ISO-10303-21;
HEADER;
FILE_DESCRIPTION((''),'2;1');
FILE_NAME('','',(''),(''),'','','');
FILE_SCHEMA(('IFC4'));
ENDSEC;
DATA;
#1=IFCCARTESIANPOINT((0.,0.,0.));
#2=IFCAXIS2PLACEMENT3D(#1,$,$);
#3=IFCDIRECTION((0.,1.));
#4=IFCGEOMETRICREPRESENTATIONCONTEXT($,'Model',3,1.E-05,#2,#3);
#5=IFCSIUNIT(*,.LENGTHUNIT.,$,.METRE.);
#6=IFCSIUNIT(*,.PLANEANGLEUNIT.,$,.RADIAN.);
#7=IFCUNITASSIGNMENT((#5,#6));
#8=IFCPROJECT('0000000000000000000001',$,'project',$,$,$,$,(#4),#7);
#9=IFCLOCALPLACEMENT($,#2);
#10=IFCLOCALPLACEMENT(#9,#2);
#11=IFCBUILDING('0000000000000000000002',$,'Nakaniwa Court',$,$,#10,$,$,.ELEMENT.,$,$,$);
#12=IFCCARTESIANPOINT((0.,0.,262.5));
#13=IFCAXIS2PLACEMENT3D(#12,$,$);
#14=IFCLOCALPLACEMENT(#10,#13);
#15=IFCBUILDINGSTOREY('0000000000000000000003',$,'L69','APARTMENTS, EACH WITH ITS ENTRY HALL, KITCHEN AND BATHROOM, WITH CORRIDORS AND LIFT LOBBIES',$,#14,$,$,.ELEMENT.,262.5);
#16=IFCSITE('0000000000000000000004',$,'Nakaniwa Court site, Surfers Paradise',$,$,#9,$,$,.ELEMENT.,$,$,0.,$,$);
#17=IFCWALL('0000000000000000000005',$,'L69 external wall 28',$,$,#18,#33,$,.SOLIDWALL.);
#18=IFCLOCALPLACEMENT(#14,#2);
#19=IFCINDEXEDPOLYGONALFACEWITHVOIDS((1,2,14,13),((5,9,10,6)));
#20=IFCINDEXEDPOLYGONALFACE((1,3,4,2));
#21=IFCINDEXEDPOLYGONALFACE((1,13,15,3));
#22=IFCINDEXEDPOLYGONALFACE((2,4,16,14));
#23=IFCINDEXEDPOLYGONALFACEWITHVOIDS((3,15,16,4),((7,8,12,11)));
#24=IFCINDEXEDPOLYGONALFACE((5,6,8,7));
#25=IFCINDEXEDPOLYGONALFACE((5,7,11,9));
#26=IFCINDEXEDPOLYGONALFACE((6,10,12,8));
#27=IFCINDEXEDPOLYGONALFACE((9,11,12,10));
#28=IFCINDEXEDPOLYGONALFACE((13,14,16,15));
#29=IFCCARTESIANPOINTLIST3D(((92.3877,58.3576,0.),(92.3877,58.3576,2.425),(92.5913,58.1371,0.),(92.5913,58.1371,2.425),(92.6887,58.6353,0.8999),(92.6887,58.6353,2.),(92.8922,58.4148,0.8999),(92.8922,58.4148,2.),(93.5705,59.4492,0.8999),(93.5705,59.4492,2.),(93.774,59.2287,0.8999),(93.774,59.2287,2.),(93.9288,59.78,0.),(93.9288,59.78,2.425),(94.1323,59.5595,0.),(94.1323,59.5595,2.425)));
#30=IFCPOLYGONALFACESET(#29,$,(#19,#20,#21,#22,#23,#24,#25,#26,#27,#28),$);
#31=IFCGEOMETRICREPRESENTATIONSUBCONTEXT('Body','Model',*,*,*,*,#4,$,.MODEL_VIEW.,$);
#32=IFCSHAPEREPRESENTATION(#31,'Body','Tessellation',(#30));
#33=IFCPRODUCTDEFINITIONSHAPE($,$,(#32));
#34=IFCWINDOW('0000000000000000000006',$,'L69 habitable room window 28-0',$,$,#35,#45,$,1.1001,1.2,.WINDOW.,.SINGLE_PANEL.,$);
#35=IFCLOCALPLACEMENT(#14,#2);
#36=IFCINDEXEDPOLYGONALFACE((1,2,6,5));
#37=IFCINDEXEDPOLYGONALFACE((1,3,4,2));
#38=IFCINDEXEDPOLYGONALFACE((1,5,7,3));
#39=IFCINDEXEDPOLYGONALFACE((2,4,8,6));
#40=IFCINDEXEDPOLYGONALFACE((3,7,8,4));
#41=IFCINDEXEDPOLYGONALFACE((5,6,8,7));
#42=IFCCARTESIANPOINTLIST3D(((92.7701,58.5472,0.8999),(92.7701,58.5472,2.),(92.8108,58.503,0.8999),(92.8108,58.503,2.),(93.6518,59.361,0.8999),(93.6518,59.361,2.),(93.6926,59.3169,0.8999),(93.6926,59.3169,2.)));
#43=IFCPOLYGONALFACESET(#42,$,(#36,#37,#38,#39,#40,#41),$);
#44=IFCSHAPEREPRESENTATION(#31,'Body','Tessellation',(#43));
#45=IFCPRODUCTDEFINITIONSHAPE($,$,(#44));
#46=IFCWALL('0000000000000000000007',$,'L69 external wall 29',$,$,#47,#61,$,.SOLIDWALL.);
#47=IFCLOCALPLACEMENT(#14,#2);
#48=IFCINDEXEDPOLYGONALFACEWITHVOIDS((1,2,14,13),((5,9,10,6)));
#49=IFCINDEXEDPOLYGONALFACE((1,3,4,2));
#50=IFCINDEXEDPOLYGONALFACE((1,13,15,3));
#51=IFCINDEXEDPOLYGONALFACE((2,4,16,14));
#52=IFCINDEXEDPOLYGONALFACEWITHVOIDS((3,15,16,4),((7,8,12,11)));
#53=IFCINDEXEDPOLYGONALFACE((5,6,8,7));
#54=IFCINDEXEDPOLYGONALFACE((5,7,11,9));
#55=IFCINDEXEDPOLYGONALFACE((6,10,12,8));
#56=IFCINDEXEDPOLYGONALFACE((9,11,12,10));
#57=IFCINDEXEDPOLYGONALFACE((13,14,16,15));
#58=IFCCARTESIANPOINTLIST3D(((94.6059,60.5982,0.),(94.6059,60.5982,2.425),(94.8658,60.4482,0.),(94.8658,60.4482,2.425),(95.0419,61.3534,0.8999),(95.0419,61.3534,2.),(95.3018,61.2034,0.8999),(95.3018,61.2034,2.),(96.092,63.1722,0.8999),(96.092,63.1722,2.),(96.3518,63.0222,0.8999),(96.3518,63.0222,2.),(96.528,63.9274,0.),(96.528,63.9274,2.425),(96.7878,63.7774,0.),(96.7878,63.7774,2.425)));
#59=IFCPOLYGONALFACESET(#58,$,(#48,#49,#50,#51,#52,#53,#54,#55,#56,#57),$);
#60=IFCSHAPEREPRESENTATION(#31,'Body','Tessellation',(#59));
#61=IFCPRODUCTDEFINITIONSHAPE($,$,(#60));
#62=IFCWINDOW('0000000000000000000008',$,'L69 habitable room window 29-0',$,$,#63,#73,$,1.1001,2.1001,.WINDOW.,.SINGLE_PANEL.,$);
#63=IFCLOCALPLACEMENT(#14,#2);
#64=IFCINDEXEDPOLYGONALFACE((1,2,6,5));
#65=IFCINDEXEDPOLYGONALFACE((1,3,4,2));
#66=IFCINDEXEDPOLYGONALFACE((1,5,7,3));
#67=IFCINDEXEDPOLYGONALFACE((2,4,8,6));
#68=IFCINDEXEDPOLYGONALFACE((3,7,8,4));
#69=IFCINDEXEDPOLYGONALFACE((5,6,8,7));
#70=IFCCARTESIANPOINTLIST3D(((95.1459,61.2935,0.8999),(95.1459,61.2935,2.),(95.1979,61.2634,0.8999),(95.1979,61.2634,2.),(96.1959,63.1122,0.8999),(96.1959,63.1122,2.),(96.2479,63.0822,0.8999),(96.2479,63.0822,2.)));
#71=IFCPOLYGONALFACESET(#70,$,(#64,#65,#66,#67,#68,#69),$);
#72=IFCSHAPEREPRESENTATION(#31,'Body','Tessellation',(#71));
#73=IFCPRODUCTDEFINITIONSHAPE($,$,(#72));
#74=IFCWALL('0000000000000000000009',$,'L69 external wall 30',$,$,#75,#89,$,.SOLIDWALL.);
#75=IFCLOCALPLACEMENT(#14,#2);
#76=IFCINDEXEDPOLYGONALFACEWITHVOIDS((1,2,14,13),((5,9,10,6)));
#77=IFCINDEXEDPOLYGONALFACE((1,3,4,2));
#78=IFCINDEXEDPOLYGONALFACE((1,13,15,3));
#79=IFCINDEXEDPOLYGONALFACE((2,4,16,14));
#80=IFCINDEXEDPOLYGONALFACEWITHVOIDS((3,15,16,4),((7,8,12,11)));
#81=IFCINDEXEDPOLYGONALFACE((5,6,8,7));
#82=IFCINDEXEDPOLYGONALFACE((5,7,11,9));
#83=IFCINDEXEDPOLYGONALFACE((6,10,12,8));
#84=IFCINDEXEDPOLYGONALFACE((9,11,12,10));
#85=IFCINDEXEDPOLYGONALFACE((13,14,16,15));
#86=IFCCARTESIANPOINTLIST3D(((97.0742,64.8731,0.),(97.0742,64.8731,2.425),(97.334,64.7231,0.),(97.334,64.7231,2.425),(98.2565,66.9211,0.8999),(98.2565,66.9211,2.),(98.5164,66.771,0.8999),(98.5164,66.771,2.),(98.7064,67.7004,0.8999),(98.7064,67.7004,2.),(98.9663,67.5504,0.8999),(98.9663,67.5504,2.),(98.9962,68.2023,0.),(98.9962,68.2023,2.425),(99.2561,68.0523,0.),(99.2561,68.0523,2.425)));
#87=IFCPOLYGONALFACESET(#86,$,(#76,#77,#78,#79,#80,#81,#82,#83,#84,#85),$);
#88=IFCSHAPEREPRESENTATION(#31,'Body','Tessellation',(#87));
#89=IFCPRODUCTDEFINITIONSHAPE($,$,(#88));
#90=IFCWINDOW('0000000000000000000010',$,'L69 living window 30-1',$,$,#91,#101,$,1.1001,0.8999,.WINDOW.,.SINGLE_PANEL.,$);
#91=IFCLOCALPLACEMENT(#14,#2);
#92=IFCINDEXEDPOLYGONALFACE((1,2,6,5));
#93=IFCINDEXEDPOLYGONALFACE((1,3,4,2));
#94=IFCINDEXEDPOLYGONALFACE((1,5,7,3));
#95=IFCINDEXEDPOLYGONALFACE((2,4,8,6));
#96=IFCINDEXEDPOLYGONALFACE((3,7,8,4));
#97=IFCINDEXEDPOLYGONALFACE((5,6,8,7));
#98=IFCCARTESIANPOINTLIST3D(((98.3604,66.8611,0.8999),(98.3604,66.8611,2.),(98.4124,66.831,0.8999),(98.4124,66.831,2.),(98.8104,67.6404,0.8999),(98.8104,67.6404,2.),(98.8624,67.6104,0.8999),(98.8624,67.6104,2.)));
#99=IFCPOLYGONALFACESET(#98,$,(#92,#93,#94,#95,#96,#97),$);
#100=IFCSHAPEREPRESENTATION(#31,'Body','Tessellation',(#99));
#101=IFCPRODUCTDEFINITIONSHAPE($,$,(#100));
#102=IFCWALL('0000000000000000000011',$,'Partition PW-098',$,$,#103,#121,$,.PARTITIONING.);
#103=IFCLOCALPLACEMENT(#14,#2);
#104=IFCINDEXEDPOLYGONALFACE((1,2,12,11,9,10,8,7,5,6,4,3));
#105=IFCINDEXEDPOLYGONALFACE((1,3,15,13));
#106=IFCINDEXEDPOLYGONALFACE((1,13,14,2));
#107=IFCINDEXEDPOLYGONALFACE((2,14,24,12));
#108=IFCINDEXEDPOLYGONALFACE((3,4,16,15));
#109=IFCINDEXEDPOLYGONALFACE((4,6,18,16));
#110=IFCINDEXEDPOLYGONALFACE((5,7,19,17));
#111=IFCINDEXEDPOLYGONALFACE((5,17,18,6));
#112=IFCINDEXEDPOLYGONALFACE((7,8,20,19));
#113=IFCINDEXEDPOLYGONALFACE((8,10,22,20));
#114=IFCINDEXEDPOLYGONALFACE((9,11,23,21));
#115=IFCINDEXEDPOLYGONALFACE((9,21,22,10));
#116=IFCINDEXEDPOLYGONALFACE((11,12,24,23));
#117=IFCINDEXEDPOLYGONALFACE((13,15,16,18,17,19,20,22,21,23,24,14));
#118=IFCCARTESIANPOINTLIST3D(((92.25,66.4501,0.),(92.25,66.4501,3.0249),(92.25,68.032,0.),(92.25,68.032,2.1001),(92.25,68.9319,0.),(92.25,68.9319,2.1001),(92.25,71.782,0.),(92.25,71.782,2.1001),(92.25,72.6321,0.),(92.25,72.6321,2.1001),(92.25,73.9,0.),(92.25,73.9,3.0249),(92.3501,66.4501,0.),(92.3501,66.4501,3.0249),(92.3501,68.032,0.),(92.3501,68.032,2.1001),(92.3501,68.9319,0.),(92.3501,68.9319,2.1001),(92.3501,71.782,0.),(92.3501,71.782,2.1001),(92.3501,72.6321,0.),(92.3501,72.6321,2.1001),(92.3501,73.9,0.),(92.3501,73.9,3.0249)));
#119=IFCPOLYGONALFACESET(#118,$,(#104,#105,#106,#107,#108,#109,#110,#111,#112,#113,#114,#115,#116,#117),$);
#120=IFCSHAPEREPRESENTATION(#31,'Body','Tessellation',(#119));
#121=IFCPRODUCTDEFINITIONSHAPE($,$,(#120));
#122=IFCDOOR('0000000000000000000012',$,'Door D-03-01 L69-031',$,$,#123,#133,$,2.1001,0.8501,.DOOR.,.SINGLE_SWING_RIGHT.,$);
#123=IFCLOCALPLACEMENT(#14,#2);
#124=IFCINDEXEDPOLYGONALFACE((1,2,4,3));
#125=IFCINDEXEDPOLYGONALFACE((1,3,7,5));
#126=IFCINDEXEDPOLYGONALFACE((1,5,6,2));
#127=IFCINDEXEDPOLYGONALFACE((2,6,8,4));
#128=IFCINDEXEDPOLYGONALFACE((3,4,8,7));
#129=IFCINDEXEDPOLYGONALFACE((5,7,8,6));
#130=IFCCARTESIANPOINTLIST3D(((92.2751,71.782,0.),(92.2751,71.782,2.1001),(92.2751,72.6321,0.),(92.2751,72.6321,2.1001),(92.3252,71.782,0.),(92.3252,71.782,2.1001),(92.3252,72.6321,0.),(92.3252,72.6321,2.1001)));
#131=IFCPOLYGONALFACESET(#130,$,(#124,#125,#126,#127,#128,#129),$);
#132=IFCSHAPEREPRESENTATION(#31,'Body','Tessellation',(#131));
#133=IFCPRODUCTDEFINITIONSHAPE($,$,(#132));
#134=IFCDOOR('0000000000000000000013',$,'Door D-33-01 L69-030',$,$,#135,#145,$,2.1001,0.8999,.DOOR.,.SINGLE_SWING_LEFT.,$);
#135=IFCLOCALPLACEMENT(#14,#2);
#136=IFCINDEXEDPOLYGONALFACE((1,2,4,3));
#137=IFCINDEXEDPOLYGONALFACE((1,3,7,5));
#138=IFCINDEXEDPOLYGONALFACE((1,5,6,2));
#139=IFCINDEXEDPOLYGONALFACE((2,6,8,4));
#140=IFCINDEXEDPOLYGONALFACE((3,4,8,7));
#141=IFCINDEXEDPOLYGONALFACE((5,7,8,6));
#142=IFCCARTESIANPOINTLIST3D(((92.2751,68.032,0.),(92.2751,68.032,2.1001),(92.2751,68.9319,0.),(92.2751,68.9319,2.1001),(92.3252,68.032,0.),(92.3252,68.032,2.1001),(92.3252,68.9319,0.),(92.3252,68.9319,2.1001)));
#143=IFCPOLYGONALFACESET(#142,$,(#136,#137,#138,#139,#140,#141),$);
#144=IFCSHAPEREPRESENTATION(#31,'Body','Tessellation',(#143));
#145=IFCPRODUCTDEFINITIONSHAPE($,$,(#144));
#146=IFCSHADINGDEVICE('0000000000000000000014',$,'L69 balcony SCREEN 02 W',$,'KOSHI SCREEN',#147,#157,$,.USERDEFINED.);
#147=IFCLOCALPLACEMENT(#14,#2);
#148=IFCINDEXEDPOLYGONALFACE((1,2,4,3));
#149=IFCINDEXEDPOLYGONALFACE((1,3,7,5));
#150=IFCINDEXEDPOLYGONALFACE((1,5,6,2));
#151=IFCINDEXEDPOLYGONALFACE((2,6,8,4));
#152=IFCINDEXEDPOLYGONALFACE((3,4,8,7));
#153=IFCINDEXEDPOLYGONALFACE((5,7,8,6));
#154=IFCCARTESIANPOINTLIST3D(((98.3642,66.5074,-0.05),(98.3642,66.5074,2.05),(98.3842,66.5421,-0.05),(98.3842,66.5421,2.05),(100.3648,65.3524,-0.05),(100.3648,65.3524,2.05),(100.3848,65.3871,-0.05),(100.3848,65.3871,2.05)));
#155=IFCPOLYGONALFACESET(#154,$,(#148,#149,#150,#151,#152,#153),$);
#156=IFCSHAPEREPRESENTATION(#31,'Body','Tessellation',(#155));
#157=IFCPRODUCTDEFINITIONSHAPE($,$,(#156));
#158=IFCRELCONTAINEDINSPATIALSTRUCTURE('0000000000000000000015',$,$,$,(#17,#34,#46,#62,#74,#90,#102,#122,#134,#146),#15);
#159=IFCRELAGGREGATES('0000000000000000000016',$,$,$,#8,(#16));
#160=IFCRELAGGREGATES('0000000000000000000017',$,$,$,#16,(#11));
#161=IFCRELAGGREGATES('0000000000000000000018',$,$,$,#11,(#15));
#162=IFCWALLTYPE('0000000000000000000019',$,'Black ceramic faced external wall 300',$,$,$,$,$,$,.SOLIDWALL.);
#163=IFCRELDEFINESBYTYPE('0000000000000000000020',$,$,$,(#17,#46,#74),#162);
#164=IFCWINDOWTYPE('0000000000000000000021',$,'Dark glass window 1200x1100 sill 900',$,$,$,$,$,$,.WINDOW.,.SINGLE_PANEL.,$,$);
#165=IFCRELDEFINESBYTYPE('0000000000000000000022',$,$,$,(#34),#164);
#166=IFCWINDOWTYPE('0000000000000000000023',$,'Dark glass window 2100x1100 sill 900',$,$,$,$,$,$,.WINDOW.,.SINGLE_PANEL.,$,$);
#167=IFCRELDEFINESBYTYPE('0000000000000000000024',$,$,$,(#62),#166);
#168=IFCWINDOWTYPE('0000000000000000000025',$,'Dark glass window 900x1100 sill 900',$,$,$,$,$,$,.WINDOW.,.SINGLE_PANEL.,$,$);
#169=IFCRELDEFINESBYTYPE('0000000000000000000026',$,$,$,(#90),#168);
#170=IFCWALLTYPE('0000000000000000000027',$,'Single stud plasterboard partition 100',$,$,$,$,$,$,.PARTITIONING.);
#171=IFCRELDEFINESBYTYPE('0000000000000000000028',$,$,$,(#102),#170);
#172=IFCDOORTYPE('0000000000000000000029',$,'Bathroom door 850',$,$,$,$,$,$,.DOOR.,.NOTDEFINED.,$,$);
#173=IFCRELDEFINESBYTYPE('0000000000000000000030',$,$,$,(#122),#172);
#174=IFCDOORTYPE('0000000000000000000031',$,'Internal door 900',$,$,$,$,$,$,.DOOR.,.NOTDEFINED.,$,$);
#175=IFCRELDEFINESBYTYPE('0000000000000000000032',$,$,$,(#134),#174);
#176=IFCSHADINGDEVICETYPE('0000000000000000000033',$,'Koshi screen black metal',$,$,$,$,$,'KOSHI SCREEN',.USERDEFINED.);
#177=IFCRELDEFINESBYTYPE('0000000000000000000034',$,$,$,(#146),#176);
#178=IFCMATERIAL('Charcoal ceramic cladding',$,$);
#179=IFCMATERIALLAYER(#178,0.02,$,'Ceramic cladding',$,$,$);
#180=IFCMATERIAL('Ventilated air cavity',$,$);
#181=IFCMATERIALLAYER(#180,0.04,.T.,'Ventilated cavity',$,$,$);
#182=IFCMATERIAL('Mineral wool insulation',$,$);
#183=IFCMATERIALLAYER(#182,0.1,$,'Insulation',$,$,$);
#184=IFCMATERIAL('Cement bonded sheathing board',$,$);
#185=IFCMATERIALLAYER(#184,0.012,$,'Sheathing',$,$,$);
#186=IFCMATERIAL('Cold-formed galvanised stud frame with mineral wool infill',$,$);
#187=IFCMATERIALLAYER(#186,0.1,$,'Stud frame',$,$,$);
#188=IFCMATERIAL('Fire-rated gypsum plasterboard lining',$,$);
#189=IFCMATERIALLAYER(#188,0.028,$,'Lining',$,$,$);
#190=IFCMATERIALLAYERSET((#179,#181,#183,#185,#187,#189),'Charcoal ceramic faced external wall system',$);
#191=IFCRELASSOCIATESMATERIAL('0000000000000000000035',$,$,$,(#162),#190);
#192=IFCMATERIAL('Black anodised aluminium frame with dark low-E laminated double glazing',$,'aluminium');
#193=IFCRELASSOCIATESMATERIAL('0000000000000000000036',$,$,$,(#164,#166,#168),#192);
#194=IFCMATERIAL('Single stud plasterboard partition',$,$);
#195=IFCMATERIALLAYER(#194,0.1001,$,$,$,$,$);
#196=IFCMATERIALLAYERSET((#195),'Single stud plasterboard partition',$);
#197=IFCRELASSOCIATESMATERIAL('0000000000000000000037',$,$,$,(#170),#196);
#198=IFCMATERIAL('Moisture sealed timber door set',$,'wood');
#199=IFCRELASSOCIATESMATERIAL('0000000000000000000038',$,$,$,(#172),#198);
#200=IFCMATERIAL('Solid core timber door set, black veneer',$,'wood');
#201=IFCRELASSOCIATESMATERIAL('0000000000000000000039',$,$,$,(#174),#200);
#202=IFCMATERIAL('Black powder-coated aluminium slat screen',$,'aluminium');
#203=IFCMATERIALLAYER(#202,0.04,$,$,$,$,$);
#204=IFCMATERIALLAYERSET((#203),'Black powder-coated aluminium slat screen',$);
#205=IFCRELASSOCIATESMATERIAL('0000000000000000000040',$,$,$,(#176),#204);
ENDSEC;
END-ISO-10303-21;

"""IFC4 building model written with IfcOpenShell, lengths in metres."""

from ifc_helpers import new_model, si_unit, direction, frame, frame_2d, origin, origin_2d, place, context, subcontext, project, spatial, rectangle, extrude, material, layer, layer_set, type_object, element, fill, save


model = new_model("IFC4")

# Units and contexts
model_context = context("Model", 3, precision=1e-05, world=origin(), true_north=direction((0.0, 1.0)))
body_context = subcontext(model_context, "Body", "Model", "MODEL_VIEW")
ifc_project = project(units=[si_unit("LENGTHUNIT", "METRE"), si_unit("PLANEANGLEUNIT", "RADIAN")], contexts=[model_context])

# Site, building, storey
site_placement = place(None, origin())
site = spatial("IfcSite", under=ifc_project, at=site_placement, Name="Nakaniwa Court site, Surfers Paradise", CompositionType="ELEMENT", RefElevation=0.0)
building_placement = place(site_placement, origin())
building = spatial("IfcBuilding", under=site, at=building_placement, Name="Nakaniwa Court", CompositionType="ELEMENT")
storey_placement = place(building_placement, frame((0.0, 0.0, 262.5)))
storey = spatial("IfcBuildingStorey", under=building, at=storey_placement, Name="L69", Description="APARTMENTS, EACH WITH ITS ENTRY HALL, KITCHEN AND BATHROOM, WITH CORRIDORS AND LIFT LOBBIES", CompositionType="ELEMENT", Elevation=262.5)

# Walls, openings, windows
ifc_material_1 = material(Name="Charcoal ceramic cladding")
ifc_layer_1 = layer(ifc_material_1, 0.02, Name="Ceramic cladding")
ifc_material_2 = material(Name="Ventilated air cavity")
ifc_layer_2 = layer(ifc_material_2, 0.04, ventilated=True, Name="Ventilated cavity")
ifc_material_3 = material(Name="Mineral wool insulation")
ifc_layer_3 = layer(ifc_material_3, 0.1, Name="Insulation")
ifc_material_4 = material(Name="Cement bonded sheathing board")
ifc_layer_4 = layer(ifc_material_4, 0.012, Name="Sheathing")
ifc_material_5 = material(Name="Cold-formed galvanised stud frame with mineral wool infill")
ifc_layer_5 = layer(ifc_material_5, 0.1, Name="Stud frame")
ifc_material_6 = material(Name="Fire-rated gypsum plasterboard lining")
ifc_layer_6 = layer(ifc_material_6, 0.028, Name="Lining")
ifc_layer_set_1 = layer_set([ifc_layer_1, ifc_layer_2, ifc_layer_3, ifc_layer_4, ifc_layer_5, ifc_layer_6], Name="Charcoal ceramic faced external wall system")
wall_type_1 = type_object("IfcWallType", Name="Black ceramic faced external wall 300", PredefinedType="SOLIDWALL", material=ifc_layer_set_1)
ifc_material_7 = material(Name="Black anodised aluminium frame with dark low-E laminated double glazing", Category="aluminium")
window_type_1 = type_object("IfcWindowType", Name="Dark glass window 1200x1100 sill 900", PartitioningType="SINGLE_PANEL", PredefinedType="WINDOW", material=ifc_material_7)
wall_1_placement = place(storey_placement, frame((92.4895, 58.2473, 0.0), z_axis=(0.0, 0.0, 1.0), x_axis=(0.73483, 0.678251, 0.0)))
wall_1 = element("IfcWall", 1, at=wall_1_placement, inside=storey, type_object=wall_type_1, Name="L69 external wall 28", PredefinedType="SOLIDWALL", context=body_context, shape_type="SweptSolid", body=[
    extrude(rectangle(XDim=2.0972, YDim=0.3, at=frame_2d((1.0486, 0.0))), origin(), (0.0, 0.0, 1.0), 2.425),
])
opening_1_placement = place(wall_1_placement, frame((0.4094, 0.0, 0.8999)))
opening_1 = element("IfcOpeningElement", 2, at=opening_1_placement, cuts=wall_1, PredefinedType="OPENING", context=body_context, shape_type="SweptSolid", body=[
    extrude(rectangle(XDim=1.2, YDim=1.1001, at=frame_2d((0.6001, 0.55))), frame((0.0, 0.1599, 0.0), z_axis=(0.0, -1.0, 0.0), x_axis=(1.0, 0.0, 0.0)), (0.0, 0.0, 1.0), 0.3201),
])
window_1_placement = place(opening_1_placement, origin())
window_1 = element("IfcWindow", 3, at=window_1_placement, inside=storey, type_object=window_type_1, Name="L69 habitable room window 28-0", OverallHeight=1.1001, OverallWidth=1.2, PartitioningType="SINGLE_PANEL", PredefinedType="WINDOW", context=body_context, shape_type="SweptSolid", body=[
    extrude(rectangle(XDim=1.2, YDim=1.1001, at=frame_2d((0.6001, 0.55))), frame((0.0, 0.03, 0.0), z_axis=(0.0, -1.0, 0.0), x_axis=(1.0, 0.0, 0.0)), (0.0, 0.0, 1.0), 0.0601),
])
fill(opening_1, window_1)
wall_2_placement = place(storey_placement, frame((94.7358, 60.5232, 0.0), z_axis=(0.0, 0.0, 1.0), x_axis=(0.499984, 0.866034, 0.0)))
wall_2 = element("IfcWall", 4, at=wall_2_placement, inside=storey, type_object=wall_type_1, Name="L69 external wall 29", PredefinedType="SOLIDWALL", context=body_context, shape_type="SweptSolid", body=[
    extrude(rectangle(XDim=3.8442, YDim=0.3, at=frame_2d((1.9221, 0.0))), origin(), (0.0, 0.0, 1.0), 2.425),
])
opening_2_placement = place(wall_2_placement, frame((0.8721, 0.0, 0.8999)))
opening_2 = element("IfcOpeningElement", 5, at=opening_2_placement, cuts=wall_2, PredefinedType="OPENING", context=body_context, shape_type="SweptSolid", body=[
    extrude(rectangle(XDim=2.1001, YDim=1.1001, at=frame_2d((1.05, 0.55))), frame((0.0, 0.1599, 0.0), z_axis=(0.0, -1.0, 0.0), x_axis=(1.0, 0.0, 0.0)), (0.0, 0.0, 1.0), 0.3201),
])
window_type_2 = type_object("IfcWindowType", Name="Dark glass window 2100x1100 sill 900", PartitioningType="SINGLE_PANEL", PredefinedType="WINDOW", material=ifc_material_7)
window_2_placement = place(opening_2_placement, origin())
window_2 = element("IfcWindow", 6, at=window_2_placement, inside=storey, type_object=window_type_2, Name="L69 habitable room window 29-0", OverallHeight=1.1001, OverallWidth=2.1001, PartitioningType="SINGLE_PANEL", PredefinedType="WINDOW", context=body_context, shape_type="SweptSolid", body=[
    extrude(rectangle(XDim=2.1001, YDim=1.1001, at=frame_2d((1.05, 0.55))), frame((0.0, 0.03, 0.0), z_axis=(0.0, -1.0, 0.0), x_axis=(1.0, 0.0, 0.0)), (0.0, 0.0, 1.0), 0.0601),
])
fill(opening_2, window_2)
wall_3_placement = place(storey_placement, frame((97.2041, 64.7981, 0.0), z_axis=(0.0, 0.0, 1.0), x_axis=(0.499984, 0.866034, 0.0)))
wall_3 = element("IfcWall", 7, at=wall_3_placement, inside=storey, type_object=wall_type_1, Name="L69 external wall 30", PredefinedType="SOLIDWALL", context=body_context, shape_type="SweptSolid", body=[
    extrude(rectangle(XDim=3.8442, YDim=0.3, at=frame_2d((1.9221, 0.0))), origin(), (0.0, 0.0, 1.0), 2.425),
])
opening_3_placement = place(wall_3_placement, frame((2.3647, 0.0, 0.8999)))
opening_3 = element("IfcOpeningElement", 8, at=opening_3_placement, cuts=wall_3, PredefinedType="OPENING", context=body_context, shape_type="SweptSolid", body=[
    extrude(rectangle(XDim=0.8999, YDim=1.1001, at=frame_2d((0.45, 0.55))), frame((0.0, 0.1599, 0.0), z_axis=(0.0, -1.0, 0.0), x_axis=(1.0, 0.0, 0.0)), (0.0, 0.0, 1.0), 0.3201),
])
window_type_3 = type_object("IfcWindowType", Name="Dark glass window 900x1100 sill 900", PartitioningType="SINGLE_PANEL", PredefinedType="WINDOW", material=ifc_material_7)
window_3_placement = place(opening_3_placement, origin())
window_3 = element("IfcWindow", 9, at=window_3_placement, inside=storey, type_object=window_type_3, Name="L69 living window 30-1", OverallHeight=1.1001, OverallWidth=0.8999, PartitioningType="SINGLE_PANEL", PredefinedType="WINDOW", context=body_context, shape_type="SweptSolid", body=[
    extrude(rectangle(XDim=0.8999, YDim=1.1001, at=frame_2d((0.45, 0.55))), frame((0.0, 0.03, 0.0), z_axis=(0.0, -1.0, 0.0), x_axis=(1.0, 0.0, 0.0)), (0.0, 0.0, 1.0), 0.0601),
])
fill(opening_3, window_3)

# Wall, openings, doors
ifc_material_8 = material(Name="Single stud plasterboard partition")
ifc_layer_7 = layer(ifc_material_8, 0.1001)
ifc_layer_set_2 = layer_set([ifc_layer_7], Name="Single stud plasterboard partition")
wall_type_2 = type_object("IfcWallType", Name="Single stud plasterboard partition 100", PredefinedType="PARTITIONING", material=ifc_layer_set_2)
wall_4_placement = place(storey_placement, frame((92.3, 66.45, 0.0), z_axis=(0.0, 0.0, 1.0), x_axis=(0.0, 1.0, 0.0)))
wall_4 = element("IfcWall", 10, at=wall_4_placement, inside=storey, type_object=wall_type_2, Name="Partition PW-098", PredefinedType="PARTITIONING", context=body_context, shape_type="SweptSolid", body=[
    extrude(rectangle(XDim=7.45, YDim=0.1001, at=frame_2d((3.7251, 0.0))), origin(), (0.0, 0.0, 1.0), 3.0249),
])
opening_4_placement = place(wall_4_placement, frame((1.582, 0.0, 0.0)))
opening_4 = element("IfcOpeningElement", 11, at=opening_4_placement, cuts=wall_4, PredefinedType="OPENING", context=body_context, shape_type="SweptSolid", body=[
    extrude(rectangle(XDim=0.8999, YDim=2.1001, at=frame_2d((0.45, 1.05))), frame((0.0, 0.0601, 0.0), z_axis=(0.0, -1.0, 0.0), x_axis=(1.0, 0.0, 0.0)), (0.0, 0.0, 1.0), 0.1201),
])
opening_5_placement = place(wall_4_placement, frame((5.332, 0.0, 0.0)))
opening_5 = element("IfcOpeningElement", 12, at=opening_5_placement, cuts=wall_4, PredefinedType="OPENING", context=body_context, shape_type="SweptSolid", body=[
    extrude(rectangle(XDim=0.8501, YDim=2.1001, at=frame_2d((0.425, 1.05))), frame((0.0, 0.0601, 0.0), z_axis=(0.0, -1.0, 0.0), x_axis=(1.0, 0.0, 0.0)), (0.0, 0.0, 1.0), 0.1201),
])
ifc_material_9 = material(Name="Moisture sealed timber door set", Category="wood")
door_type_1 = type_object("IfcDoorType", Name="Bathroom door 850", OperationType="NOTDEFINED", PredefinedType="DOOR", material=ifc_material_9)
door_1_placement = place(opening_5_placement, origin())
door_1 = element("IfcDoor", 13, at=door_1_placement, inside=storey, type_object=door_type_1, Name="Door D-03-01 L69-031", OperationType="SINGLE_SWING_RIGHT", OverallHeight=2.1001, OverallWidth=0.8501, PredefinedType="DOOR", context=body_context, shape_type="SweptSolid", body=[
    extrude(rectangle(XDim=0.8501, YDim=2.1001, at=frame_2d((0.425, 1.05))), frame((0.0, 0.0249, 0.0), z_axis=(0.0, -1.0, 0.0), x_axis=(1.0, 0.0, 0.0)), (0.0, 0.0, 1.0), 0.05),
])
fill(opening_5, door_1)
ifc_material_10 = material(Name="Solid core timber door set, black veneer", Category="wood")
door_type_2 = type_object("IfcDoorType", Name="Internal door 900", OperationType="NOTDEFINED", PredefinedType="DOOR", material=ifc_material_10)
door_2_placement = place(opening_4_placement, origin())
door_2 = element("IfcDoor", 14, at=door_2_placement, inside=storey, type_object=door_type_2, Name="Door D-33-01 L69-030", OperationType="SINGLE_SWING_LEFT", OverallHeight=2.1001, OverallWidth=0.8999, PredefinedType="DOOR", context=body_context, shape_type="SweptSolid", body=[
    extrude(rectangle(XDim=0.8999, YDim=2.1001, at=frame_2d((0.45, 1.05))), frame((0.0, 0.0249, 0.0), z_axis=(0.0, -1.0, 0.0), x_axis=(1.0, 0.0, 0.0)), (0.0, 0.0, 1.0), 0.05),
])
fill(opening_4, door_2)

# Shading device
ifc_material_11 = material(Name="Black powder-coated aluminium slat screen", Category="aluminium")
ifc_layer_8 = layer(ifc_material_11, 0.04)
ifc_layer_set_3 = layer_set([ifc_layer_8], Name="Black powder-coated aluminium slat screen")
shading_device_type_1 = type_object("IfcShadingDeviceType", Name="Koshi screen black metal", ElementType="KOSHI SCREEN", PredefinedType="USERDEFINED", material=ifc_layer_set_3)
shading_device_placement = place(storey_placement, frame((99.3745, 65.9473, -0.05), z_axis=(0.0, 0.0, 1.0), x_axis=(0.499986, 0.866033, 0.0)))
element("IfcShadingDevice", 15, at=shading_device_placement, inside=storey, type_object=shading_device_type_1, Name="L69 balcony SCREEN 02 W", ObjectType="KOSHI SCREEN", PredefinedType="USERDEFINED", context=body_context, shape_type="SweptSolid", body=[
    extrude(rectangle(XDim=0.04, YDim=2.3101, at=origin_2d()), origin(), (0.0, 0.0, 1.0), 2.1001),
])

save(model, "model.ifc")
